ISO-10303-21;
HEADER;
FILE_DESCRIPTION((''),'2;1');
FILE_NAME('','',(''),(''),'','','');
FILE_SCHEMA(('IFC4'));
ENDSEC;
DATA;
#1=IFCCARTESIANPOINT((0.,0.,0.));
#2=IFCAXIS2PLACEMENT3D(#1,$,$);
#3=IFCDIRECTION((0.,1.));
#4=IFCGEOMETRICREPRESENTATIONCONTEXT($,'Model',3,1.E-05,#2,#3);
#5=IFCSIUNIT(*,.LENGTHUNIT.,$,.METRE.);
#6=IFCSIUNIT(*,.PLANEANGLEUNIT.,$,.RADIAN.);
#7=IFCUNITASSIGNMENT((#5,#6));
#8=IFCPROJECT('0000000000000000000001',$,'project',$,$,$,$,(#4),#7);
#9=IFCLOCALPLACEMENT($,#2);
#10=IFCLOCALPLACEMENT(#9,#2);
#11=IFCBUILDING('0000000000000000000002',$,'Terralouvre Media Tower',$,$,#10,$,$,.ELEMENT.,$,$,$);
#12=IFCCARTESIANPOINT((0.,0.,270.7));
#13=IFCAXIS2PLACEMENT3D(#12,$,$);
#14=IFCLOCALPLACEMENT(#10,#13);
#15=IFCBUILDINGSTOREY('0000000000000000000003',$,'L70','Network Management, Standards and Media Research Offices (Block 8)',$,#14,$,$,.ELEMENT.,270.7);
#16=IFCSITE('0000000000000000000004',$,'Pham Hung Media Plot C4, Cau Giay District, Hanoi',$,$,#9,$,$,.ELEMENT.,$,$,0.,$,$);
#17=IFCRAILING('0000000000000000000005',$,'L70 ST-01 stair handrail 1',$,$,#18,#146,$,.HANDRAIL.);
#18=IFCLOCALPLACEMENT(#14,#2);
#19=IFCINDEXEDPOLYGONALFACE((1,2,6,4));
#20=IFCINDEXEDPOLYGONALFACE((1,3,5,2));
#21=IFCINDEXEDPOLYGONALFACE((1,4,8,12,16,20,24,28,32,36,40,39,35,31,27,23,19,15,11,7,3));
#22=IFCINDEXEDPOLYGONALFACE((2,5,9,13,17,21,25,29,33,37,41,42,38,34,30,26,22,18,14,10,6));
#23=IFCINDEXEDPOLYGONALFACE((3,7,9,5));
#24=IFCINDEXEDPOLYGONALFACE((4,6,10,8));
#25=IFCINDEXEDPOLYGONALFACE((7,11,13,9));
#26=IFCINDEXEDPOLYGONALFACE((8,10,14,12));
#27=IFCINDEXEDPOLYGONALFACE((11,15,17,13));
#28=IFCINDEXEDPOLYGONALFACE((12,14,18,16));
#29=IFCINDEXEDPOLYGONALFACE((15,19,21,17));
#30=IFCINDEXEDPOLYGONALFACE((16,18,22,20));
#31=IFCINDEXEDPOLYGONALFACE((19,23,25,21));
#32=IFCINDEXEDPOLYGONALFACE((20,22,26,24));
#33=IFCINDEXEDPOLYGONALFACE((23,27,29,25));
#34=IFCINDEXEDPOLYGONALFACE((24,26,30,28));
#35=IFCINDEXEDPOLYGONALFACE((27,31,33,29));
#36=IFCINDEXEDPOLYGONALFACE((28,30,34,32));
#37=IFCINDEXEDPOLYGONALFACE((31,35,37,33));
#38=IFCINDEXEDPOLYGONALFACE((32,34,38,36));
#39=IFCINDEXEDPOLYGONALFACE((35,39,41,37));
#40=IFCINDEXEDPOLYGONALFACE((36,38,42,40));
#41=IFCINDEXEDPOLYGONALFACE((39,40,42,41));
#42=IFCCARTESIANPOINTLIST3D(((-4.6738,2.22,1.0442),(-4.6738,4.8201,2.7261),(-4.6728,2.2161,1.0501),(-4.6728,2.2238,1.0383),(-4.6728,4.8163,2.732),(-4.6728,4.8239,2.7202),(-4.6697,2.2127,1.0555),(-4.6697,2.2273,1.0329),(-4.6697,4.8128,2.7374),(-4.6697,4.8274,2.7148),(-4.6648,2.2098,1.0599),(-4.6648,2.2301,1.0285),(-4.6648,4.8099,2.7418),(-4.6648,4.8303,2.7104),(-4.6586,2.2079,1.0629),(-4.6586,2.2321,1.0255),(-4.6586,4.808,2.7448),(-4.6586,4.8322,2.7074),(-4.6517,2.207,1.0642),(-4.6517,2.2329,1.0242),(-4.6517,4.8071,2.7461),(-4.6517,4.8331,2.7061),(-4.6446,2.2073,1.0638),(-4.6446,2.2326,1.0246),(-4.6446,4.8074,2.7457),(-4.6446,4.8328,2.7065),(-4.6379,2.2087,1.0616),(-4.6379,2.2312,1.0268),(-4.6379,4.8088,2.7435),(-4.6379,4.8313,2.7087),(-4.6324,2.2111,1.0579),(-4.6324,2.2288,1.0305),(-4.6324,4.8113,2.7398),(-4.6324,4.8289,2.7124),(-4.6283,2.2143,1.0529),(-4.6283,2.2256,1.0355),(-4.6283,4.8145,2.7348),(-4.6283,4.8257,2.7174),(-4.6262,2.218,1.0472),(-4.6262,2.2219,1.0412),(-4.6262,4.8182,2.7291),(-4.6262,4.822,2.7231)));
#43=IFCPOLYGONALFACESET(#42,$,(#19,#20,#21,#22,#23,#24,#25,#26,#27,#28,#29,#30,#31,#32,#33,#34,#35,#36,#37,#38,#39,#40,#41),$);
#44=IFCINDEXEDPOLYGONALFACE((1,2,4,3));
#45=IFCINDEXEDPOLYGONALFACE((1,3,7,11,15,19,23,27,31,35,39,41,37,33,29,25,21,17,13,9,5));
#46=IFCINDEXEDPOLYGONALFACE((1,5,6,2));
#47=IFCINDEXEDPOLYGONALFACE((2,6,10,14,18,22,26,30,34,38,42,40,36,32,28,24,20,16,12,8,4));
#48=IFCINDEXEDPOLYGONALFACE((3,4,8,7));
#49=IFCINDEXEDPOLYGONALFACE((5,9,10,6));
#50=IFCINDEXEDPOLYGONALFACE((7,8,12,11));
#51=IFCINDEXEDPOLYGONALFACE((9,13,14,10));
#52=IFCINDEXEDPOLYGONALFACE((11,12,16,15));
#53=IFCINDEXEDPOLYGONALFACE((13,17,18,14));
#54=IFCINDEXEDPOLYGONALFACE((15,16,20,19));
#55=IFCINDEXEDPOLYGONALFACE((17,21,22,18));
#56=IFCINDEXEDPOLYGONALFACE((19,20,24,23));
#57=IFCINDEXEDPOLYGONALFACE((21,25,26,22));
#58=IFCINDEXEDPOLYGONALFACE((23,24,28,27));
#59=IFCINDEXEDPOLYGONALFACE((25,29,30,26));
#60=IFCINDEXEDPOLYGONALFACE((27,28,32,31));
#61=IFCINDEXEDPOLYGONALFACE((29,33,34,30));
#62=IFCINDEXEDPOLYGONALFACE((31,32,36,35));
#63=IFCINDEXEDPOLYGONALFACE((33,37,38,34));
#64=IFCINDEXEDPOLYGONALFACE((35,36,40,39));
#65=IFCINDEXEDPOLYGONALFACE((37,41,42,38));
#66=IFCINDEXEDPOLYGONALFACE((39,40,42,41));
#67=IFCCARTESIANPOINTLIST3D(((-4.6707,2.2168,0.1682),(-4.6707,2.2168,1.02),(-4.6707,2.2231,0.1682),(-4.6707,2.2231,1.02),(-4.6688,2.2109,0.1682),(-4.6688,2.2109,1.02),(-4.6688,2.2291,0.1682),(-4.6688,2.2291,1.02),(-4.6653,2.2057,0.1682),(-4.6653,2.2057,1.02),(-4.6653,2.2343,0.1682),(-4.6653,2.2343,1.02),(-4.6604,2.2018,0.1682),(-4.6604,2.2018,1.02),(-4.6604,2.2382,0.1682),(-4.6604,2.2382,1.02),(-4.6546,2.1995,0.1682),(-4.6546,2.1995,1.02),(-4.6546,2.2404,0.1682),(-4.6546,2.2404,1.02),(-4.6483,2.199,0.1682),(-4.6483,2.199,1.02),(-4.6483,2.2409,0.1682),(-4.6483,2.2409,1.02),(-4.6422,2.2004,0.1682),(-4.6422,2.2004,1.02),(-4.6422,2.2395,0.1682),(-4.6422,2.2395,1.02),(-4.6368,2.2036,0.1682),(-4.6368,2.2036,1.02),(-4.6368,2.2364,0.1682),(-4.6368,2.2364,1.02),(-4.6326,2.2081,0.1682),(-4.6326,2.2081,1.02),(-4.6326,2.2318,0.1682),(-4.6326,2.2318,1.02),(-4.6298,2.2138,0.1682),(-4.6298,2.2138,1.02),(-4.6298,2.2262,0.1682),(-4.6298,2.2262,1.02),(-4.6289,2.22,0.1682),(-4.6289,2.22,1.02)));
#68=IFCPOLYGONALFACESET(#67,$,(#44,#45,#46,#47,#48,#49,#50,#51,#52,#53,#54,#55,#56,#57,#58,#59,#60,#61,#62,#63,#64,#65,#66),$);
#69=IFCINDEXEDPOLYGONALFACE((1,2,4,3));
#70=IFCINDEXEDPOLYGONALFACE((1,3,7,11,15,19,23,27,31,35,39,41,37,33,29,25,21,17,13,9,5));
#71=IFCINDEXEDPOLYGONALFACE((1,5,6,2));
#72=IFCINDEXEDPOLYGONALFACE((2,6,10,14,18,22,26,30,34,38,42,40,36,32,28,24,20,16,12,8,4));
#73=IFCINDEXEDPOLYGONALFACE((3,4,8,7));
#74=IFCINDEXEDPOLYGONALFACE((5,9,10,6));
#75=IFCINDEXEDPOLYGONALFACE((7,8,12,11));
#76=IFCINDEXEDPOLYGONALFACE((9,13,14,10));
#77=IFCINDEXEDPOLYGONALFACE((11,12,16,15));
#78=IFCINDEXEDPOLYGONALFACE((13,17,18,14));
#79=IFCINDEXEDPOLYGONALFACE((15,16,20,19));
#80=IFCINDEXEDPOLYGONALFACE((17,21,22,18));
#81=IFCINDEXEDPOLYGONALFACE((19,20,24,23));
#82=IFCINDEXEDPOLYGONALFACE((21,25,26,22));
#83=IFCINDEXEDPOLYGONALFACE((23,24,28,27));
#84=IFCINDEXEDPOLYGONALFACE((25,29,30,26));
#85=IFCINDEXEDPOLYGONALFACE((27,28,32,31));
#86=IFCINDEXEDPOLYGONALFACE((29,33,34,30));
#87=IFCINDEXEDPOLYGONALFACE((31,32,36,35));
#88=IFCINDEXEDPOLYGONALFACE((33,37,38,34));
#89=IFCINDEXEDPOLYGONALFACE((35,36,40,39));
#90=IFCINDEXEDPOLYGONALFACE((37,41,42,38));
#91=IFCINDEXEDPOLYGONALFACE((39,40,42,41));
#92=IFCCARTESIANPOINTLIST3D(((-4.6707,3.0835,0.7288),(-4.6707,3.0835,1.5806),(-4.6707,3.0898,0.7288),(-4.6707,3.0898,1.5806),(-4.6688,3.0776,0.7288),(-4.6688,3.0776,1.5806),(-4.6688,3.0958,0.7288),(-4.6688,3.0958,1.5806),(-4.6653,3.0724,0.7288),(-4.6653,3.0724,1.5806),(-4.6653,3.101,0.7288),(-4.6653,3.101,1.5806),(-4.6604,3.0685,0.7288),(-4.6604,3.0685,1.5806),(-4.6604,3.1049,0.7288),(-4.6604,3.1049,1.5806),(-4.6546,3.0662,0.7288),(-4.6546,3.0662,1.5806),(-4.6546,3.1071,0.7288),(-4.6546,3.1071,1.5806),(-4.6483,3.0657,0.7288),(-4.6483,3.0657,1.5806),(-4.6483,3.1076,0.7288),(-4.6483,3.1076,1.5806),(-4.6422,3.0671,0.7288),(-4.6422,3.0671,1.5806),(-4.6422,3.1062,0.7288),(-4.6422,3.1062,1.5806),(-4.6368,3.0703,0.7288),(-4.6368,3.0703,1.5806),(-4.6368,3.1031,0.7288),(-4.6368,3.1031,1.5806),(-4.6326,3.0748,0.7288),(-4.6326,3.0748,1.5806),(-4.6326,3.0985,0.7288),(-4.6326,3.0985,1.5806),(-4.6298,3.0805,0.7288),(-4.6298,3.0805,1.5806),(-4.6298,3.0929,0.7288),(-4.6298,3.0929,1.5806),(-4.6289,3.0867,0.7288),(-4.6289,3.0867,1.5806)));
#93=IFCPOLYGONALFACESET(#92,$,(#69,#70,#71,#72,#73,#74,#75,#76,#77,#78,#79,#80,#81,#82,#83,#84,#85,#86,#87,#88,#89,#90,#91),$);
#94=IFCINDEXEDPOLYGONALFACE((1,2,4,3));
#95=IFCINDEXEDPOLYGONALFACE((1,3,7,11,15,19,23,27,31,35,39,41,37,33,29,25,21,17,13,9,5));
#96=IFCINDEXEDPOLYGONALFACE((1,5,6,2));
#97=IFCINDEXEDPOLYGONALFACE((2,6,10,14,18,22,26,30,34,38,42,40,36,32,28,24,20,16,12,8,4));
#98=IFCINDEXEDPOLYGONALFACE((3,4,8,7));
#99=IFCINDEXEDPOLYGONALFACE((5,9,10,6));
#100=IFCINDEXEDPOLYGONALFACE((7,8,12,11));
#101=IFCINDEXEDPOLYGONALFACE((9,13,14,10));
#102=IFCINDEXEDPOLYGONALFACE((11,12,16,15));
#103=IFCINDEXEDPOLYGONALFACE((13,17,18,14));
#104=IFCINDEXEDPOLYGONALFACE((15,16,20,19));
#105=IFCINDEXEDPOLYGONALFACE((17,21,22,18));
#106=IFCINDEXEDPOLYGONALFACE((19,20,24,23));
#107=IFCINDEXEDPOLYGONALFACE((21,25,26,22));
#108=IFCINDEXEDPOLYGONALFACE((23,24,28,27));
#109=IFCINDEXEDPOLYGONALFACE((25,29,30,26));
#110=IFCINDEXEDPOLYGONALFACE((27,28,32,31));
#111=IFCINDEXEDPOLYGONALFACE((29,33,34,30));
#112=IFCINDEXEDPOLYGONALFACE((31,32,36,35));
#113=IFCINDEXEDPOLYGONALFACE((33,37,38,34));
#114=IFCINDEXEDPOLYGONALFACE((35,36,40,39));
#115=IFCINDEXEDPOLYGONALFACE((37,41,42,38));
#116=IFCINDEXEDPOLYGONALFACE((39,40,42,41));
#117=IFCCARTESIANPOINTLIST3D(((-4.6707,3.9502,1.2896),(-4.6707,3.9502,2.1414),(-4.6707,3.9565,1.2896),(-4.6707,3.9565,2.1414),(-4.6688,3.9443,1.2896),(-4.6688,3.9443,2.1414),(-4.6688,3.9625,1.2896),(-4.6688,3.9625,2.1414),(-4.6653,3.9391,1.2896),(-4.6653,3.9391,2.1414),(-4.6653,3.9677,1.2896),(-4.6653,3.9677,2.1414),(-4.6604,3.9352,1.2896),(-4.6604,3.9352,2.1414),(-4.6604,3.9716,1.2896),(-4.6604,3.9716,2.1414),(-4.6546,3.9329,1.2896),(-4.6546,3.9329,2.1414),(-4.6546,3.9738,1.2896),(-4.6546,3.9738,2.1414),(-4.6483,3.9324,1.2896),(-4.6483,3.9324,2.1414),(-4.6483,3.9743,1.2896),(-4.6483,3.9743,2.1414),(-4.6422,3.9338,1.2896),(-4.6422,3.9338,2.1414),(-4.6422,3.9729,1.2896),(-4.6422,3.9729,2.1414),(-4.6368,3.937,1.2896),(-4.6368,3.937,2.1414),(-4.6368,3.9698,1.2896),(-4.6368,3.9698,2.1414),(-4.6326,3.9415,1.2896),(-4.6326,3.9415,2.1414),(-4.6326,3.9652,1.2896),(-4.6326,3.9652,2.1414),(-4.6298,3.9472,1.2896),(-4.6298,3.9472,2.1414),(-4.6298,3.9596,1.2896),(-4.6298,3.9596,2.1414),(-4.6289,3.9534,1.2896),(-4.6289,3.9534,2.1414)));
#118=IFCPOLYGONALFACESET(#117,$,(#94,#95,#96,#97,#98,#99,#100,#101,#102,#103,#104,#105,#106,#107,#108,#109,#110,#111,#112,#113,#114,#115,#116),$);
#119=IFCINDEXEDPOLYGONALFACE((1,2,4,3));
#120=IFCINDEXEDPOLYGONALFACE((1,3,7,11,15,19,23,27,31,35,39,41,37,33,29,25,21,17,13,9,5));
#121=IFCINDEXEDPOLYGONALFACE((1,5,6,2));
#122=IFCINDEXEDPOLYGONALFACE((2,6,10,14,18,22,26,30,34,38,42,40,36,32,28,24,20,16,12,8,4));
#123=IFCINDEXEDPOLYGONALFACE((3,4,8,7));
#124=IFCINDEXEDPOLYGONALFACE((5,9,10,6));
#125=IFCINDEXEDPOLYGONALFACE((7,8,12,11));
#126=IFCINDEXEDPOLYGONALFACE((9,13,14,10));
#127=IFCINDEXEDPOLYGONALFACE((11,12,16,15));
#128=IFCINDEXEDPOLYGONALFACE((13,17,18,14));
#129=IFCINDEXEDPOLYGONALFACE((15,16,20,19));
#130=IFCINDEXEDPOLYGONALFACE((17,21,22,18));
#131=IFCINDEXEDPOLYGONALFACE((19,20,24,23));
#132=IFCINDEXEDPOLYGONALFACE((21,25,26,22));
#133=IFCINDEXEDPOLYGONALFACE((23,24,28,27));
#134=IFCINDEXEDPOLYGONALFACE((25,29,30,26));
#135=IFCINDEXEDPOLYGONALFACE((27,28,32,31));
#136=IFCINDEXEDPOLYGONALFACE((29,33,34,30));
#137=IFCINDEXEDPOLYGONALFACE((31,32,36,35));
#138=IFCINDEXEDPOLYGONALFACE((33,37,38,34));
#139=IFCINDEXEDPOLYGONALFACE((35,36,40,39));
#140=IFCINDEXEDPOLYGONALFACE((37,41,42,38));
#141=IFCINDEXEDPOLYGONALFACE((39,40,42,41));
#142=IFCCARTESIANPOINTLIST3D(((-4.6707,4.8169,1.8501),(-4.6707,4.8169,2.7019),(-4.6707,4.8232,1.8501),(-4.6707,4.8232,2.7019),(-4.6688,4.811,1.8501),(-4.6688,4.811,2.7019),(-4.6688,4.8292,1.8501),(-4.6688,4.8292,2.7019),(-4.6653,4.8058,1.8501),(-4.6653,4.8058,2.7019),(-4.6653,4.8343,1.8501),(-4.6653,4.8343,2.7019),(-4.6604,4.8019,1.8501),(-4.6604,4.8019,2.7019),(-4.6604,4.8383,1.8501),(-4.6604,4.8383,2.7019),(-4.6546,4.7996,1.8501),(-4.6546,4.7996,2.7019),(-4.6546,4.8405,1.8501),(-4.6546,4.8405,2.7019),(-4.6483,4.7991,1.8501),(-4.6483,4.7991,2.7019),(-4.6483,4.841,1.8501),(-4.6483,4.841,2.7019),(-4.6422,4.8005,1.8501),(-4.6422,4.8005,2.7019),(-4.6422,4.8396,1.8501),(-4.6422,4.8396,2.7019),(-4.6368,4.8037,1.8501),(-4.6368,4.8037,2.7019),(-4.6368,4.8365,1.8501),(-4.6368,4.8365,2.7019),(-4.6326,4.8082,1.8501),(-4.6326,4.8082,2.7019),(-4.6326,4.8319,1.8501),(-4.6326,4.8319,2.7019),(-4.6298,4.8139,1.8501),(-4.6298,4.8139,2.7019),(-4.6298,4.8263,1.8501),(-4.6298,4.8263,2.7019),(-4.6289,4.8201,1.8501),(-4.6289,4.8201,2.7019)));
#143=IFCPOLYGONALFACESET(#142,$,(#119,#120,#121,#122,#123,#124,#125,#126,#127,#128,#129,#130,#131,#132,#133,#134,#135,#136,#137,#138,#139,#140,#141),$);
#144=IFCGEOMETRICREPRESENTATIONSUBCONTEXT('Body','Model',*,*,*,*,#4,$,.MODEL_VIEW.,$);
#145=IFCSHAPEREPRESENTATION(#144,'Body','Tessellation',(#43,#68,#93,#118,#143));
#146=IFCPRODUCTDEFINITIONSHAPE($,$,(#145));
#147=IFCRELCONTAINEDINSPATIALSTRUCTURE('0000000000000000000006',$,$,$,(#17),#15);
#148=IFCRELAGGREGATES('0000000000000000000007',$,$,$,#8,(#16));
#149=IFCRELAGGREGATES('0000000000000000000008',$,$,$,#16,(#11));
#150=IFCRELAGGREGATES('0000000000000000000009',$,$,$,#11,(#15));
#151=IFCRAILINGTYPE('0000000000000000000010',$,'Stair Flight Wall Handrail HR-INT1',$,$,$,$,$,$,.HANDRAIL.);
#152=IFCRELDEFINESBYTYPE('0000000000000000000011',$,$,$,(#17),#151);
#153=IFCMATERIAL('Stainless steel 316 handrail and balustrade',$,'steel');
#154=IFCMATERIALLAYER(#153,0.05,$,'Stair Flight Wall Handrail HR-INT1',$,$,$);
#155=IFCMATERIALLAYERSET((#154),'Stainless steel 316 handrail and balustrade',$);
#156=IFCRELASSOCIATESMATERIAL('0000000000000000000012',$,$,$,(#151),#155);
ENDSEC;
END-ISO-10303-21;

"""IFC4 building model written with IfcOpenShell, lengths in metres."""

from ifc_helpers import new_model, si_unit, direction, frame, origin, origin_2d, place, context, subcontext, project, spatial, circle, extrude, material, layer, layer_set, type_object, element, save


model = new_model("IFC4")

# Units and contexts
model_context = context("Model", 3, precision=1e-05, world=origin(), true_north=direction((0.0, 1.0)))
body_context = subcontext(model_context, "Body", "Model", "MODEL_VIEW")
ifc_project = project(units=[si_unit("LENGTHUNIT", "METRE"), si_unit("PLANEANGLEUNIT", "RADIAN")], contexts=[model_context])

# Site, building, storey
site_placement = place(None, origin())
site = spatial("IfcSite", under=ifc_project, at=site_placement, Name="Pham Hung Media Plot C4, Cau Giay District, Hanoi", CompositionType="ELEMENT", RefElevation=0.0)
building_placement = place(site_placement, origin())
building = spatial("IfcBuilding", under=site, at=building_placement, Name="Terralouvre Media Tower", CompositionType="ELEMENT")
storey_placement = place(building_placement, frame((0.0, 0.0, 270.7)))
storey = spatial("IfcBuildingStorey", under=building, at=storey_placement, Name="L70", Description="Network Management, Standards and Media Research Offices (Block 8)", CompositionType="ELEMENT", Elevation=270.7)

# Railing
ifc_material_1 = material(Name="Stainless steel 316 handrail and balustrade", Category="steel")
ifc_layer_1 = layer(ifc_material_1, 0.05, Name="Stair Flight Wall Handrail HR-INT1")
ifc_layer_set_1 = layer_set([ifc_layer_1], Name="Stainless steel 316 handrail and balustrade")
railing_type_1 = type_object("IfcRailingType", Name="Stair Flight Wall Handrail HR-INT1", PredefinedType="HANDRAIL", material=ifc_layer_set_1)
railing_1_placement = place(storey_placement, frame((-4.6499, 2.22, 0.1682)))
element("IfcRailing", 1, at=railing_1_placement, inside=storey, type_object=railing_type_1, Name="L70 ST-01 stair handrail 1", PredefinedType="HANDRAIL", context=body_context, shape_type="SweptSolid", body=[
    extrude(circle(Radius=0.0239, at=origin_2d()), frame((0.0, 0.0, 0.876), z_axis=(0.0, 0.839648, 0.54313), x_axis=(-1.0, 0.0, 0.0)), (0.0, 0.0, 1.0), 3.0967),
    extrude(circle(Radius=0.021, at=origin_2d()), origin(), (0.0, 0.0, 1.0), 0.8518),
    extrude(circle(Radius=0.021, at=origin_2d()), frame((0.0, 0.8667, 0.5605)), (0.0, 0.0, 1.0), 0.8518),
    extrude(circle(Radius=0.021, at=origin_2d()), frame((0.0, 1.7334, 1.1213)), (0.0, 0.0, 1.0), 0.8518),
    extrude(circle(Radius=0.021, at=origin_2d()), frame((0.0, 2.6001, 1.6819)), (0.0, 0.0, 1.0), 0.8518),
])

save(model, "model.ifc")
